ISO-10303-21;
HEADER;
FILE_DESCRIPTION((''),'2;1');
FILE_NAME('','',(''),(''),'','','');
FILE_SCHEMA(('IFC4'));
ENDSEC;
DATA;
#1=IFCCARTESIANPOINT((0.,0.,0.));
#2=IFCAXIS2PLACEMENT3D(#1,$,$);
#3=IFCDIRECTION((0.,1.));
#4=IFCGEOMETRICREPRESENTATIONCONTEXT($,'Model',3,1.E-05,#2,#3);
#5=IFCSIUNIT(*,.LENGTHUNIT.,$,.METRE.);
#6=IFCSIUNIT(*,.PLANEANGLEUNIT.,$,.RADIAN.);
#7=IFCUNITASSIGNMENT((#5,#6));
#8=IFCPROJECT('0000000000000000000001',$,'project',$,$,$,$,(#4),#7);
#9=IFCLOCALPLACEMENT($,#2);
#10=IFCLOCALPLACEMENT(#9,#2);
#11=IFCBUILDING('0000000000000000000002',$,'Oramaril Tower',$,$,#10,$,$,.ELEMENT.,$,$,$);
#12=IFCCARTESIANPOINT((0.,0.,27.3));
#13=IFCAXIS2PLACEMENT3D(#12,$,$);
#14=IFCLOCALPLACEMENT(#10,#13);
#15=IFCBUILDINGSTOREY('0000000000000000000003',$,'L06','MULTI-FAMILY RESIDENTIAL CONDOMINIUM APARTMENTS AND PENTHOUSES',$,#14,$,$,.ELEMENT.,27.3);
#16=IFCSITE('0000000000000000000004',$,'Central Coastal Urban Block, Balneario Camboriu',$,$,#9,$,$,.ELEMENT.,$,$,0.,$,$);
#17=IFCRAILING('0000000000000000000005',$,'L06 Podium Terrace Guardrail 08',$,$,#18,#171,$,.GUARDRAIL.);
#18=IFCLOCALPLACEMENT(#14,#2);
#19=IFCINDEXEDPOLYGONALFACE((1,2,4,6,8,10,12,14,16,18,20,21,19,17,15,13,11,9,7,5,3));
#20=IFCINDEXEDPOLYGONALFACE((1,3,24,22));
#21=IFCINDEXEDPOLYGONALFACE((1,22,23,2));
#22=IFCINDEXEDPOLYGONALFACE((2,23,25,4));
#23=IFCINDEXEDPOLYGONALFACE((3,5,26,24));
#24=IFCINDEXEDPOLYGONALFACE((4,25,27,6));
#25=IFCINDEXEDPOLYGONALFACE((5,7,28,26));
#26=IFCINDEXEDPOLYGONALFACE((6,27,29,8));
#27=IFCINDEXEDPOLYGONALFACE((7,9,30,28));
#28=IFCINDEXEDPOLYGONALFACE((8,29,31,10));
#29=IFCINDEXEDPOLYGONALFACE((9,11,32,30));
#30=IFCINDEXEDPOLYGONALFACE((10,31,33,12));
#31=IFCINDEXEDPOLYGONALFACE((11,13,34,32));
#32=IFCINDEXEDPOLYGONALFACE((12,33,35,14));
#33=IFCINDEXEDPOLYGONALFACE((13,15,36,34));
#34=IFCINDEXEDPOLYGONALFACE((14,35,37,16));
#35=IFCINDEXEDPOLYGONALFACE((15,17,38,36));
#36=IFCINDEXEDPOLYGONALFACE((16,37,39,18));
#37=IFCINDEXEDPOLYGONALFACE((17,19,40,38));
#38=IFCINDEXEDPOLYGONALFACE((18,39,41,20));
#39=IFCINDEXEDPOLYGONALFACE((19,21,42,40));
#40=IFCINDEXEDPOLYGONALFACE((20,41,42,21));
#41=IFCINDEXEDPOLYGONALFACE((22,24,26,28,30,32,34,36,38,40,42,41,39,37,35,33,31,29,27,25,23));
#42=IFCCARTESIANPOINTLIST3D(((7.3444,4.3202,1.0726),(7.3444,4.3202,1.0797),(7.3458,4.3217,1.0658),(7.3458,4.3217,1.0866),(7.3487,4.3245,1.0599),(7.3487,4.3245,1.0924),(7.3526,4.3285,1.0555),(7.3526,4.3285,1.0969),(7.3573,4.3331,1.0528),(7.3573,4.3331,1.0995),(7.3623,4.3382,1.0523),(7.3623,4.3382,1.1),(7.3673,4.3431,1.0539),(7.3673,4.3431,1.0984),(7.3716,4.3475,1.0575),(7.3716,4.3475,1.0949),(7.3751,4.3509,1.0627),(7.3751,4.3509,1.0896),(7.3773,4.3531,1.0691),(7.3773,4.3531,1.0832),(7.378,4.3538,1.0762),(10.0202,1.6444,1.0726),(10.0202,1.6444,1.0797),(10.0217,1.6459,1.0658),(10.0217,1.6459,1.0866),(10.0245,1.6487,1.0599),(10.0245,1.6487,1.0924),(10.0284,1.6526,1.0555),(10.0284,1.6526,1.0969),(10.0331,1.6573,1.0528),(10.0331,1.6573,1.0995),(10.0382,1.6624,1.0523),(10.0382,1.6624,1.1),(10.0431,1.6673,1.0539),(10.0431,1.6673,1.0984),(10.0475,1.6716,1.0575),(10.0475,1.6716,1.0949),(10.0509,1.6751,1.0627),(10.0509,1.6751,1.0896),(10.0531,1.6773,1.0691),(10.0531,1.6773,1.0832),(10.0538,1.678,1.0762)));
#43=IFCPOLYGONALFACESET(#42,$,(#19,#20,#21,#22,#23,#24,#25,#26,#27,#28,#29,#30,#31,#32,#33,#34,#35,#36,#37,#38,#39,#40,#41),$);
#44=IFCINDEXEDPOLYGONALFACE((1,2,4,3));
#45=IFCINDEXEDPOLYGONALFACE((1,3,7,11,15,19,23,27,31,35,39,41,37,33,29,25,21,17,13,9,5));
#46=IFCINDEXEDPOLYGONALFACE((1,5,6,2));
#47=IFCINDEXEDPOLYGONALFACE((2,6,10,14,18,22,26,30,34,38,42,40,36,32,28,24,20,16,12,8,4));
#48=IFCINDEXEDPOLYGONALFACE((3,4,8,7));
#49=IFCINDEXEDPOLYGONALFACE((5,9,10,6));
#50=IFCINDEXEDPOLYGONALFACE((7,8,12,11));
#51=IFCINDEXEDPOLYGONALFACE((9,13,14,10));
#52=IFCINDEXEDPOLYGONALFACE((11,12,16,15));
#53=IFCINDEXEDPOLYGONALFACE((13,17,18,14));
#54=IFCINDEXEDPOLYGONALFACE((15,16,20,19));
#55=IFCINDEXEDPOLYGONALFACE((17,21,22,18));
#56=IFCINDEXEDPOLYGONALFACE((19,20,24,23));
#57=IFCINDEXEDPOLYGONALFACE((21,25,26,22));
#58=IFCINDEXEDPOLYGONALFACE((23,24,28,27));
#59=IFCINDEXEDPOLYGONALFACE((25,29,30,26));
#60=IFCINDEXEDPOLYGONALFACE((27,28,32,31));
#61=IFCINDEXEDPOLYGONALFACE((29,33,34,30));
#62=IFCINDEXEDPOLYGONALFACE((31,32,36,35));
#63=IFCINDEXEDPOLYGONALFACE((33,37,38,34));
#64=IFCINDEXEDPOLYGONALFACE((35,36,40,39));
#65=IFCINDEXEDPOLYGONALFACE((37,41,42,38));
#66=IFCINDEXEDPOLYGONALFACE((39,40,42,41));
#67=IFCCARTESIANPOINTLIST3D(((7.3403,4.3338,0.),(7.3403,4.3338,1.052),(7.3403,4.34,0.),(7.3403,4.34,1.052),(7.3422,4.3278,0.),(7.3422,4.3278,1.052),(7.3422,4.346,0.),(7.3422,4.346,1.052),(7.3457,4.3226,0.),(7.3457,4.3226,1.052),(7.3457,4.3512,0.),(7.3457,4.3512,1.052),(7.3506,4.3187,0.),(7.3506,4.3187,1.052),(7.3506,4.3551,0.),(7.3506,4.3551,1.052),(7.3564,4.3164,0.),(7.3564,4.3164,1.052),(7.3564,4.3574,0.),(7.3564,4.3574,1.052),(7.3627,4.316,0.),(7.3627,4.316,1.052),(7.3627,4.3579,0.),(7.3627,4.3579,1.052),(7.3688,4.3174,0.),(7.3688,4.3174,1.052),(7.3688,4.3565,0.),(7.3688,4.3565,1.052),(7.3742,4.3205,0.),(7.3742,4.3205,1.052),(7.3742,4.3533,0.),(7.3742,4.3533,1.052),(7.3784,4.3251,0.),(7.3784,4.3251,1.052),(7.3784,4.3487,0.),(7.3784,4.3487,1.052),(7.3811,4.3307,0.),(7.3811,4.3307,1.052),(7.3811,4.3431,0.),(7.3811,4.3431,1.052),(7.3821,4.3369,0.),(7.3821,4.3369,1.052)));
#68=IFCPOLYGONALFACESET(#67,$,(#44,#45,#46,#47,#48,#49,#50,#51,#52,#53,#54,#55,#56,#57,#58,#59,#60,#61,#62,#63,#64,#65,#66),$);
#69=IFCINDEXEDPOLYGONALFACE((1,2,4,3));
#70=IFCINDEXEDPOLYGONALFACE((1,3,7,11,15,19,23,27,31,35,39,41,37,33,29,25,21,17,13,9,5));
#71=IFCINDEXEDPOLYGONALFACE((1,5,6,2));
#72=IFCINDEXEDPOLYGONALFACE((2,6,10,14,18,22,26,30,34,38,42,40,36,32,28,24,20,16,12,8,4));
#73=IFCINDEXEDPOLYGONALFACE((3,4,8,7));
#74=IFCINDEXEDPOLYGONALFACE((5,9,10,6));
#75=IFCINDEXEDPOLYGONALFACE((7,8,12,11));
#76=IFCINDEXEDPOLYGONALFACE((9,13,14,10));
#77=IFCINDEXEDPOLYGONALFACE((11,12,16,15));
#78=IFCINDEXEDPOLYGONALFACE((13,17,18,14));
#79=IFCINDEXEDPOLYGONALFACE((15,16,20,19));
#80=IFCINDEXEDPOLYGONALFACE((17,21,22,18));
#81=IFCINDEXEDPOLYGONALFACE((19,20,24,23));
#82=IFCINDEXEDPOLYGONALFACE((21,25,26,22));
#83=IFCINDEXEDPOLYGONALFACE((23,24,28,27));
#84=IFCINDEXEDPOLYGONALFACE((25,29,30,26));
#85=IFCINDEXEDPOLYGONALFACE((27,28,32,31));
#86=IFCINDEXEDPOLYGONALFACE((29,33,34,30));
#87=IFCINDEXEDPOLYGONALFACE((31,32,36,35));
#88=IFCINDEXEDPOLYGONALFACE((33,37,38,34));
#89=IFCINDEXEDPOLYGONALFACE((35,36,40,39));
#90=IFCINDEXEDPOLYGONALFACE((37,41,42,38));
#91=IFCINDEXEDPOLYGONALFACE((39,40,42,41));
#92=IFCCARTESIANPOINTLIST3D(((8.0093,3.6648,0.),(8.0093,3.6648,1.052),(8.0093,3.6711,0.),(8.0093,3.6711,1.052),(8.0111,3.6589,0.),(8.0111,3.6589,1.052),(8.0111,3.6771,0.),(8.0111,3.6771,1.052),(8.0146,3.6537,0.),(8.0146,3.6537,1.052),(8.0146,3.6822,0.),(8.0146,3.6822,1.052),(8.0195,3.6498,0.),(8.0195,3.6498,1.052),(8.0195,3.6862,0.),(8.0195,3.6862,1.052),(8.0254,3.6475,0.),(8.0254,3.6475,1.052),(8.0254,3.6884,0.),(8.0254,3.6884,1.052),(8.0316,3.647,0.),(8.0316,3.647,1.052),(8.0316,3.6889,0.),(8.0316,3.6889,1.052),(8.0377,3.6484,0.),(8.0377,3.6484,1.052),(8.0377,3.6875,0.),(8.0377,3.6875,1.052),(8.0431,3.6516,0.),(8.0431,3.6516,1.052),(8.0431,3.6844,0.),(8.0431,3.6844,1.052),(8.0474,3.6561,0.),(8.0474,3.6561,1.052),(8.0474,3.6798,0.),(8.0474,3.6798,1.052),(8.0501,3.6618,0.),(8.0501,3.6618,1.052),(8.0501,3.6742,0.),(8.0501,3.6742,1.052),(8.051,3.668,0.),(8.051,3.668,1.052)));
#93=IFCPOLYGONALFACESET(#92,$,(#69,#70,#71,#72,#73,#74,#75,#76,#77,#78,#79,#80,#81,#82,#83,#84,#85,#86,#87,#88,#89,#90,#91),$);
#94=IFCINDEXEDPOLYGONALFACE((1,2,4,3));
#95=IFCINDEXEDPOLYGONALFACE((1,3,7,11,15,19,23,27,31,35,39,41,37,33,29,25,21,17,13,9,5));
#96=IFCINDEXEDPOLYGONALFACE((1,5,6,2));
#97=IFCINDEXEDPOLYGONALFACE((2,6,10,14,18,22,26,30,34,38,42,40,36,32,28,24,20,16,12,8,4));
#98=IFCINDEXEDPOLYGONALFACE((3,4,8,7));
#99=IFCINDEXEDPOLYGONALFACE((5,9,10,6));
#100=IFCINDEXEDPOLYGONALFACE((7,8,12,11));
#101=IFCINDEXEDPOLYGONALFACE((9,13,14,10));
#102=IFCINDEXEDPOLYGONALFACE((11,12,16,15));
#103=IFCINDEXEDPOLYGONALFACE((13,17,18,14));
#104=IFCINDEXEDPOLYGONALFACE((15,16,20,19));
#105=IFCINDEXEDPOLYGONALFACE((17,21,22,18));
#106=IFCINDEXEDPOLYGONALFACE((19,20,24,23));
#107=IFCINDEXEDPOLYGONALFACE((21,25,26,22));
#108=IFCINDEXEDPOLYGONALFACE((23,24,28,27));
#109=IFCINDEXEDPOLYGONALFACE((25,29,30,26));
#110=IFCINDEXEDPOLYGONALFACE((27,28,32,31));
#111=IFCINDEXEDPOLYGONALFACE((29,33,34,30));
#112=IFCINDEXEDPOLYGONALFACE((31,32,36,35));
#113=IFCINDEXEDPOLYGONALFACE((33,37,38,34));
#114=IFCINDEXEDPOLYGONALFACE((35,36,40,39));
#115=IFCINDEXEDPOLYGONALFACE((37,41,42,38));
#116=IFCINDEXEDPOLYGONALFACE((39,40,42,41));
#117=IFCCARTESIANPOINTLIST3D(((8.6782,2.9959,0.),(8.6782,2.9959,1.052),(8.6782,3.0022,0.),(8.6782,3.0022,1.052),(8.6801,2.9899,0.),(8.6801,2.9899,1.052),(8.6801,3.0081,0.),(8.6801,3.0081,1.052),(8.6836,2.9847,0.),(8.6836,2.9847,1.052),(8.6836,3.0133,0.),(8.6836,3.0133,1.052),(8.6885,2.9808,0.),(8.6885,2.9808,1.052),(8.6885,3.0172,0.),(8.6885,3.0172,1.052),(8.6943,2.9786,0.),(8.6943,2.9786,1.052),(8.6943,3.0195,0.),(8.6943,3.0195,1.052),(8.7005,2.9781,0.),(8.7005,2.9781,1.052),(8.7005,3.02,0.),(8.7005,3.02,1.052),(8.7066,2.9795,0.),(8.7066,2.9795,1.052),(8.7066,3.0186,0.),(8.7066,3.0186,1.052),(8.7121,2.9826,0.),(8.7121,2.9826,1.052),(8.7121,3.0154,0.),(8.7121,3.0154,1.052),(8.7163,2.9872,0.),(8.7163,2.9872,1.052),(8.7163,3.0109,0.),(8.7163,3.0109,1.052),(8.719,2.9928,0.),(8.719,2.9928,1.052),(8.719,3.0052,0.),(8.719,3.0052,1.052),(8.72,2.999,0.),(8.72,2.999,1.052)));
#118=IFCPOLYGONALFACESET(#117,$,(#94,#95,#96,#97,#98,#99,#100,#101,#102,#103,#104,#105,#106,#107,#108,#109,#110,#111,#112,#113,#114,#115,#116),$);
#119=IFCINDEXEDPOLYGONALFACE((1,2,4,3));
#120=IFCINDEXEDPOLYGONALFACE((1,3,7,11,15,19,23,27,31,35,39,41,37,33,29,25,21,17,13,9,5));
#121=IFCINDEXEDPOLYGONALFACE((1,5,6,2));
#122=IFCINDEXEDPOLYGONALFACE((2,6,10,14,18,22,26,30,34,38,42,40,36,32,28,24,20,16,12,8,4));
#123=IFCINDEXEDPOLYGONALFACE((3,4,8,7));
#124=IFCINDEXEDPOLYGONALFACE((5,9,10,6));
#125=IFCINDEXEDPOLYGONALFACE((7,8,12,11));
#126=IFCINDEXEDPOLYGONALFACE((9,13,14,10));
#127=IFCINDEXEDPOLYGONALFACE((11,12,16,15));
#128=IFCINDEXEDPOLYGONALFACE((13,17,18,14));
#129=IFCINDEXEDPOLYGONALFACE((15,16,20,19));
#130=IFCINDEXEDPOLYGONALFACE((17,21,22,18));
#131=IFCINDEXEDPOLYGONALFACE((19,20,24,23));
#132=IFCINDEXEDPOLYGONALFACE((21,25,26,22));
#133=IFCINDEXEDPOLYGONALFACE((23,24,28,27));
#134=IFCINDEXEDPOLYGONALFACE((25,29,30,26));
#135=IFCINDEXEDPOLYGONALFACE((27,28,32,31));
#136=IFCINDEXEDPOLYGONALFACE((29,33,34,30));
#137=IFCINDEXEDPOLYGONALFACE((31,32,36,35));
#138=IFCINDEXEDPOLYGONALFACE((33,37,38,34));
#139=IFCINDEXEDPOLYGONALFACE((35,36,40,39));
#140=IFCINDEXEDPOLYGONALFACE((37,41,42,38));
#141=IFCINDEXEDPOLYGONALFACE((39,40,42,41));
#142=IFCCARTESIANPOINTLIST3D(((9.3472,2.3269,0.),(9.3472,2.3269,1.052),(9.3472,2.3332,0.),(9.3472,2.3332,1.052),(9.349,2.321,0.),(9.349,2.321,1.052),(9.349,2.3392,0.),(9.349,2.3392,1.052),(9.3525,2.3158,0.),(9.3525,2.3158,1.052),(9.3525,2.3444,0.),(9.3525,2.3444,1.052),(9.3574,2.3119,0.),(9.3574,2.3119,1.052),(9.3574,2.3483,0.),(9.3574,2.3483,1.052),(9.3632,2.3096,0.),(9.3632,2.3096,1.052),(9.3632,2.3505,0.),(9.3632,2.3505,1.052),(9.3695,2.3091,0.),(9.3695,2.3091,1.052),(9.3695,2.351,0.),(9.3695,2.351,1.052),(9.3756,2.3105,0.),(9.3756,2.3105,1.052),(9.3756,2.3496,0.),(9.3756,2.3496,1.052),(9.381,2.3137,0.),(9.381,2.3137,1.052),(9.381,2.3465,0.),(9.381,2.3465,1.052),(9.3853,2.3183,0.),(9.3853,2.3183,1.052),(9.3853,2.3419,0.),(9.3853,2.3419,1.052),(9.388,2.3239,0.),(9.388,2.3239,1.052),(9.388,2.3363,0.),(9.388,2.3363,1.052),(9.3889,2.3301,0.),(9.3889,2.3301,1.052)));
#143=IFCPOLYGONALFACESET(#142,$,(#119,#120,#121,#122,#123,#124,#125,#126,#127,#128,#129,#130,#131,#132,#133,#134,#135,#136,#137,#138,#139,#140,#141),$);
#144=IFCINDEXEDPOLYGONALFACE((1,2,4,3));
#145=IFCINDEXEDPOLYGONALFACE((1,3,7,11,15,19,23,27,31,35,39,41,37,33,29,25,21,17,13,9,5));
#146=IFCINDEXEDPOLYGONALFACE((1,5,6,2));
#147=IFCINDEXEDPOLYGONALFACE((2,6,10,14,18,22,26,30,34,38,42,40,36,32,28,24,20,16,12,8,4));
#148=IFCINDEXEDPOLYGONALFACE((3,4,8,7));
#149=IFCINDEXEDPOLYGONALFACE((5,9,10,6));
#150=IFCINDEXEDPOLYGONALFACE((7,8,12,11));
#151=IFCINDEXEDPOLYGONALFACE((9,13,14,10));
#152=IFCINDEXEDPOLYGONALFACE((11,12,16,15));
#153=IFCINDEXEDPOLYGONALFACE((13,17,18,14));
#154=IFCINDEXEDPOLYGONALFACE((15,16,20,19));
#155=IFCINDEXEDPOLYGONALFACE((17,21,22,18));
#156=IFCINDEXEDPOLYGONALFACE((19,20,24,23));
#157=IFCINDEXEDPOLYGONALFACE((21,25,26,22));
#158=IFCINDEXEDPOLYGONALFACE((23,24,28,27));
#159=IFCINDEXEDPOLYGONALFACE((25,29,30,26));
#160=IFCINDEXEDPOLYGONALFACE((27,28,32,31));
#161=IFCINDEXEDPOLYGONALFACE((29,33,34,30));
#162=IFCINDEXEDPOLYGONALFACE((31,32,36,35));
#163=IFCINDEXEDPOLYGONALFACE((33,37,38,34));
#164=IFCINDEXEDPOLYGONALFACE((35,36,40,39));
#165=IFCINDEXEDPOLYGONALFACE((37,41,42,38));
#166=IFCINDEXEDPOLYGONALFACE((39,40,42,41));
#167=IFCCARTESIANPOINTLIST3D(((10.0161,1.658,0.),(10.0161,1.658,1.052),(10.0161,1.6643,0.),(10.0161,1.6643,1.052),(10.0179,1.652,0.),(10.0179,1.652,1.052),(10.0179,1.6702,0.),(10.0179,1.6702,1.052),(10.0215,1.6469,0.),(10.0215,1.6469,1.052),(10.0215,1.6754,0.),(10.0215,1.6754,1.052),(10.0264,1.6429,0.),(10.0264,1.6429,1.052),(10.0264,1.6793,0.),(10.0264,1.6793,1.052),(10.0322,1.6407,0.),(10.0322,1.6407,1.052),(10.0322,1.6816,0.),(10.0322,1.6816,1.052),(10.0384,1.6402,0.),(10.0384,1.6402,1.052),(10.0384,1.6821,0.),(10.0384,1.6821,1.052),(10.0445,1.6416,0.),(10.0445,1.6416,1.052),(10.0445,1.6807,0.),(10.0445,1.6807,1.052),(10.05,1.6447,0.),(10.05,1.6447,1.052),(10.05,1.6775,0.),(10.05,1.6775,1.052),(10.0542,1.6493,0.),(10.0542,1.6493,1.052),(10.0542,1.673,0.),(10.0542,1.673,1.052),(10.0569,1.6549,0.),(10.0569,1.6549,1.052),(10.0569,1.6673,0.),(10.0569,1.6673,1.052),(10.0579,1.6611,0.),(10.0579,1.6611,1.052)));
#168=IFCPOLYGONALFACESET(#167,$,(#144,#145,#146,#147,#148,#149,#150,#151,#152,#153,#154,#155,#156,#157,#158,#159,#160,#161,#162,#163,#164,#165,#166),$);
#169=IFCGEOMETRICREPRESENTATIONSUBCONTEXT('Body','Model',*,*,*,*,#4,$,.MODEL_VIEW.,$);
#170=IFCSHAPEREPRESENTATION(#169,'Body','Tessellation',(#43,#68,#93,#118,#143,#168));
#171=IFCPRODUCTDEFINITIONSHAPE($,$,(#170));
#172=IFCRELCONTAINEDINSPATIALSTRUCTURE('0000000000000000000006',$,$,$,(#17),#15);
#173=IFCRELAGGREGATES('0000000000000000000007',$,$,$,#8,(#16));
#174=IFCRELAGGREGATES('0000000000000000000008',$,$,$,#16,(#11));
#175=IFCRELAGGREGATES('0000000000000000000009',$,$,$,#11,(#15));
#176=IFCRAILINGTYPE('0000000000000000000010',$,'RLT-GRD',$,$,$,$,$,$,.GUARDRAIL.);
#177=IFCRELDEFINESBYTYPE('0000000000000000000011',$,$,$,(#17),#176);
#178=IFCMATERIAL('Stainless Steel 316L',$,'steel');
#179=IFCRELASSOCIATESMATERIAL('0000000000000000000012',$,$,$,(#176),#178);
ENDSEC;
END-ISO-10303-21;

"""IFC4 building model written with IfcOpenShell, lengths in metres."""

from ifc_helpers import new_model, si_unit, direction, frame, origin, origin_2d, place, context, subcontext, project, spatial, circle, extrude, material, type_object, element, save


model = new_model("IFC4")

# Units and contexts
model_context = context("Model", 3, precision=1e-05, world=origin(), true_north=direction((0.0, 1.0)))
body_context = subcontext(model_context, "Body", "Model", "MODEL_VIEW")
ifc_project = project(units=[si_unit("LENGTHUNIT", "METRE"), si_unit("PLANEANGLEUNIT", "RADIAN")], contexts=[model_context])

# Site, building, storey
site_placement = place(None, origin())
site = spatial("IfcSite", under=ifc_project, at=site_placement, Name="Central Coastal Urban Block, Balneario Camboriu", CompositionType="ELEMENT", RefElevation=0.0)
building_placement = place(site_placement, origin())
building = spatial("IfcBuilding", under=site, at=building_placement, Name="Oramaril Tower", CompositionType="ELEMENT")
storey_placement = place(building_placement, frame((0.0, 0.0, 27.3)))
storey = spatial("IfcBuildingStorey", under=building, at=storey_placement, Name="L06", Description="MULTI-FAMILY RESIDENTIAL CONDOMINIUM APARTMENTS AND PENTHOUSES", CompositionType="ELEMENT", Elevation=27.3)

# Railing
ifc_material_1 = material(Name="Stainless Steel 316L", Category="steel")
railing_type = type_object("IfcRailingType", Name="RLT-GRD", PredefinedType="GUARDRAIL", material=ifc_material_1)
railing_1_placement = place(storey_placement, frame((7.3611, 4.3369, 0.0)))
element("IfcRailing", 1, at=railing_1_placement, inside=storey, type_object=railing_type, Name="L06 Podium Terrace Guardrail 08", PredefinedType="GUARDRAIL", context=body_context, shape_type="SweptSolid", body=[
    extrude(circle(Radius=0.0239, at=origin_2d()), frame((0.0, 0.0, 1.0762), z_axis=(0.707107, -0.707107, 0.0), x_axis=(0.707107, 0.707107, 0.0)), (0.0, 0.0, 1.0), 3.7842),
    extrude(circle(Radius=0.021, at=origin_2d()), origin(), (0.0, 0.0, 1.0), 1.052),
    extrude(circle(Radius=0.021, at=origin_2d()), frame((0.6689, -0.6689, 0.0)), (0.0, 0.0, 1.0), 1.052),
    extrude(circle(Radius=0.021, at=origin_2d()), frame((1.3379, -1.3379, 0.0)), (0.0, 0.0, 1.0), 1.052),
    extrude(circle(Radius=0.021, at=origin_2d()), frame((2.0068, -2.0068, 0.0)), (0.0, 0.0, 1.0), 1.052),
    extrude(circle(Radius=0.021, at=origin_2d()), frame((2.6758, -2.6758, 0.0)), (0.0, 0.0, 1.0), 1.052),
])

save(model, "model.ifc")
